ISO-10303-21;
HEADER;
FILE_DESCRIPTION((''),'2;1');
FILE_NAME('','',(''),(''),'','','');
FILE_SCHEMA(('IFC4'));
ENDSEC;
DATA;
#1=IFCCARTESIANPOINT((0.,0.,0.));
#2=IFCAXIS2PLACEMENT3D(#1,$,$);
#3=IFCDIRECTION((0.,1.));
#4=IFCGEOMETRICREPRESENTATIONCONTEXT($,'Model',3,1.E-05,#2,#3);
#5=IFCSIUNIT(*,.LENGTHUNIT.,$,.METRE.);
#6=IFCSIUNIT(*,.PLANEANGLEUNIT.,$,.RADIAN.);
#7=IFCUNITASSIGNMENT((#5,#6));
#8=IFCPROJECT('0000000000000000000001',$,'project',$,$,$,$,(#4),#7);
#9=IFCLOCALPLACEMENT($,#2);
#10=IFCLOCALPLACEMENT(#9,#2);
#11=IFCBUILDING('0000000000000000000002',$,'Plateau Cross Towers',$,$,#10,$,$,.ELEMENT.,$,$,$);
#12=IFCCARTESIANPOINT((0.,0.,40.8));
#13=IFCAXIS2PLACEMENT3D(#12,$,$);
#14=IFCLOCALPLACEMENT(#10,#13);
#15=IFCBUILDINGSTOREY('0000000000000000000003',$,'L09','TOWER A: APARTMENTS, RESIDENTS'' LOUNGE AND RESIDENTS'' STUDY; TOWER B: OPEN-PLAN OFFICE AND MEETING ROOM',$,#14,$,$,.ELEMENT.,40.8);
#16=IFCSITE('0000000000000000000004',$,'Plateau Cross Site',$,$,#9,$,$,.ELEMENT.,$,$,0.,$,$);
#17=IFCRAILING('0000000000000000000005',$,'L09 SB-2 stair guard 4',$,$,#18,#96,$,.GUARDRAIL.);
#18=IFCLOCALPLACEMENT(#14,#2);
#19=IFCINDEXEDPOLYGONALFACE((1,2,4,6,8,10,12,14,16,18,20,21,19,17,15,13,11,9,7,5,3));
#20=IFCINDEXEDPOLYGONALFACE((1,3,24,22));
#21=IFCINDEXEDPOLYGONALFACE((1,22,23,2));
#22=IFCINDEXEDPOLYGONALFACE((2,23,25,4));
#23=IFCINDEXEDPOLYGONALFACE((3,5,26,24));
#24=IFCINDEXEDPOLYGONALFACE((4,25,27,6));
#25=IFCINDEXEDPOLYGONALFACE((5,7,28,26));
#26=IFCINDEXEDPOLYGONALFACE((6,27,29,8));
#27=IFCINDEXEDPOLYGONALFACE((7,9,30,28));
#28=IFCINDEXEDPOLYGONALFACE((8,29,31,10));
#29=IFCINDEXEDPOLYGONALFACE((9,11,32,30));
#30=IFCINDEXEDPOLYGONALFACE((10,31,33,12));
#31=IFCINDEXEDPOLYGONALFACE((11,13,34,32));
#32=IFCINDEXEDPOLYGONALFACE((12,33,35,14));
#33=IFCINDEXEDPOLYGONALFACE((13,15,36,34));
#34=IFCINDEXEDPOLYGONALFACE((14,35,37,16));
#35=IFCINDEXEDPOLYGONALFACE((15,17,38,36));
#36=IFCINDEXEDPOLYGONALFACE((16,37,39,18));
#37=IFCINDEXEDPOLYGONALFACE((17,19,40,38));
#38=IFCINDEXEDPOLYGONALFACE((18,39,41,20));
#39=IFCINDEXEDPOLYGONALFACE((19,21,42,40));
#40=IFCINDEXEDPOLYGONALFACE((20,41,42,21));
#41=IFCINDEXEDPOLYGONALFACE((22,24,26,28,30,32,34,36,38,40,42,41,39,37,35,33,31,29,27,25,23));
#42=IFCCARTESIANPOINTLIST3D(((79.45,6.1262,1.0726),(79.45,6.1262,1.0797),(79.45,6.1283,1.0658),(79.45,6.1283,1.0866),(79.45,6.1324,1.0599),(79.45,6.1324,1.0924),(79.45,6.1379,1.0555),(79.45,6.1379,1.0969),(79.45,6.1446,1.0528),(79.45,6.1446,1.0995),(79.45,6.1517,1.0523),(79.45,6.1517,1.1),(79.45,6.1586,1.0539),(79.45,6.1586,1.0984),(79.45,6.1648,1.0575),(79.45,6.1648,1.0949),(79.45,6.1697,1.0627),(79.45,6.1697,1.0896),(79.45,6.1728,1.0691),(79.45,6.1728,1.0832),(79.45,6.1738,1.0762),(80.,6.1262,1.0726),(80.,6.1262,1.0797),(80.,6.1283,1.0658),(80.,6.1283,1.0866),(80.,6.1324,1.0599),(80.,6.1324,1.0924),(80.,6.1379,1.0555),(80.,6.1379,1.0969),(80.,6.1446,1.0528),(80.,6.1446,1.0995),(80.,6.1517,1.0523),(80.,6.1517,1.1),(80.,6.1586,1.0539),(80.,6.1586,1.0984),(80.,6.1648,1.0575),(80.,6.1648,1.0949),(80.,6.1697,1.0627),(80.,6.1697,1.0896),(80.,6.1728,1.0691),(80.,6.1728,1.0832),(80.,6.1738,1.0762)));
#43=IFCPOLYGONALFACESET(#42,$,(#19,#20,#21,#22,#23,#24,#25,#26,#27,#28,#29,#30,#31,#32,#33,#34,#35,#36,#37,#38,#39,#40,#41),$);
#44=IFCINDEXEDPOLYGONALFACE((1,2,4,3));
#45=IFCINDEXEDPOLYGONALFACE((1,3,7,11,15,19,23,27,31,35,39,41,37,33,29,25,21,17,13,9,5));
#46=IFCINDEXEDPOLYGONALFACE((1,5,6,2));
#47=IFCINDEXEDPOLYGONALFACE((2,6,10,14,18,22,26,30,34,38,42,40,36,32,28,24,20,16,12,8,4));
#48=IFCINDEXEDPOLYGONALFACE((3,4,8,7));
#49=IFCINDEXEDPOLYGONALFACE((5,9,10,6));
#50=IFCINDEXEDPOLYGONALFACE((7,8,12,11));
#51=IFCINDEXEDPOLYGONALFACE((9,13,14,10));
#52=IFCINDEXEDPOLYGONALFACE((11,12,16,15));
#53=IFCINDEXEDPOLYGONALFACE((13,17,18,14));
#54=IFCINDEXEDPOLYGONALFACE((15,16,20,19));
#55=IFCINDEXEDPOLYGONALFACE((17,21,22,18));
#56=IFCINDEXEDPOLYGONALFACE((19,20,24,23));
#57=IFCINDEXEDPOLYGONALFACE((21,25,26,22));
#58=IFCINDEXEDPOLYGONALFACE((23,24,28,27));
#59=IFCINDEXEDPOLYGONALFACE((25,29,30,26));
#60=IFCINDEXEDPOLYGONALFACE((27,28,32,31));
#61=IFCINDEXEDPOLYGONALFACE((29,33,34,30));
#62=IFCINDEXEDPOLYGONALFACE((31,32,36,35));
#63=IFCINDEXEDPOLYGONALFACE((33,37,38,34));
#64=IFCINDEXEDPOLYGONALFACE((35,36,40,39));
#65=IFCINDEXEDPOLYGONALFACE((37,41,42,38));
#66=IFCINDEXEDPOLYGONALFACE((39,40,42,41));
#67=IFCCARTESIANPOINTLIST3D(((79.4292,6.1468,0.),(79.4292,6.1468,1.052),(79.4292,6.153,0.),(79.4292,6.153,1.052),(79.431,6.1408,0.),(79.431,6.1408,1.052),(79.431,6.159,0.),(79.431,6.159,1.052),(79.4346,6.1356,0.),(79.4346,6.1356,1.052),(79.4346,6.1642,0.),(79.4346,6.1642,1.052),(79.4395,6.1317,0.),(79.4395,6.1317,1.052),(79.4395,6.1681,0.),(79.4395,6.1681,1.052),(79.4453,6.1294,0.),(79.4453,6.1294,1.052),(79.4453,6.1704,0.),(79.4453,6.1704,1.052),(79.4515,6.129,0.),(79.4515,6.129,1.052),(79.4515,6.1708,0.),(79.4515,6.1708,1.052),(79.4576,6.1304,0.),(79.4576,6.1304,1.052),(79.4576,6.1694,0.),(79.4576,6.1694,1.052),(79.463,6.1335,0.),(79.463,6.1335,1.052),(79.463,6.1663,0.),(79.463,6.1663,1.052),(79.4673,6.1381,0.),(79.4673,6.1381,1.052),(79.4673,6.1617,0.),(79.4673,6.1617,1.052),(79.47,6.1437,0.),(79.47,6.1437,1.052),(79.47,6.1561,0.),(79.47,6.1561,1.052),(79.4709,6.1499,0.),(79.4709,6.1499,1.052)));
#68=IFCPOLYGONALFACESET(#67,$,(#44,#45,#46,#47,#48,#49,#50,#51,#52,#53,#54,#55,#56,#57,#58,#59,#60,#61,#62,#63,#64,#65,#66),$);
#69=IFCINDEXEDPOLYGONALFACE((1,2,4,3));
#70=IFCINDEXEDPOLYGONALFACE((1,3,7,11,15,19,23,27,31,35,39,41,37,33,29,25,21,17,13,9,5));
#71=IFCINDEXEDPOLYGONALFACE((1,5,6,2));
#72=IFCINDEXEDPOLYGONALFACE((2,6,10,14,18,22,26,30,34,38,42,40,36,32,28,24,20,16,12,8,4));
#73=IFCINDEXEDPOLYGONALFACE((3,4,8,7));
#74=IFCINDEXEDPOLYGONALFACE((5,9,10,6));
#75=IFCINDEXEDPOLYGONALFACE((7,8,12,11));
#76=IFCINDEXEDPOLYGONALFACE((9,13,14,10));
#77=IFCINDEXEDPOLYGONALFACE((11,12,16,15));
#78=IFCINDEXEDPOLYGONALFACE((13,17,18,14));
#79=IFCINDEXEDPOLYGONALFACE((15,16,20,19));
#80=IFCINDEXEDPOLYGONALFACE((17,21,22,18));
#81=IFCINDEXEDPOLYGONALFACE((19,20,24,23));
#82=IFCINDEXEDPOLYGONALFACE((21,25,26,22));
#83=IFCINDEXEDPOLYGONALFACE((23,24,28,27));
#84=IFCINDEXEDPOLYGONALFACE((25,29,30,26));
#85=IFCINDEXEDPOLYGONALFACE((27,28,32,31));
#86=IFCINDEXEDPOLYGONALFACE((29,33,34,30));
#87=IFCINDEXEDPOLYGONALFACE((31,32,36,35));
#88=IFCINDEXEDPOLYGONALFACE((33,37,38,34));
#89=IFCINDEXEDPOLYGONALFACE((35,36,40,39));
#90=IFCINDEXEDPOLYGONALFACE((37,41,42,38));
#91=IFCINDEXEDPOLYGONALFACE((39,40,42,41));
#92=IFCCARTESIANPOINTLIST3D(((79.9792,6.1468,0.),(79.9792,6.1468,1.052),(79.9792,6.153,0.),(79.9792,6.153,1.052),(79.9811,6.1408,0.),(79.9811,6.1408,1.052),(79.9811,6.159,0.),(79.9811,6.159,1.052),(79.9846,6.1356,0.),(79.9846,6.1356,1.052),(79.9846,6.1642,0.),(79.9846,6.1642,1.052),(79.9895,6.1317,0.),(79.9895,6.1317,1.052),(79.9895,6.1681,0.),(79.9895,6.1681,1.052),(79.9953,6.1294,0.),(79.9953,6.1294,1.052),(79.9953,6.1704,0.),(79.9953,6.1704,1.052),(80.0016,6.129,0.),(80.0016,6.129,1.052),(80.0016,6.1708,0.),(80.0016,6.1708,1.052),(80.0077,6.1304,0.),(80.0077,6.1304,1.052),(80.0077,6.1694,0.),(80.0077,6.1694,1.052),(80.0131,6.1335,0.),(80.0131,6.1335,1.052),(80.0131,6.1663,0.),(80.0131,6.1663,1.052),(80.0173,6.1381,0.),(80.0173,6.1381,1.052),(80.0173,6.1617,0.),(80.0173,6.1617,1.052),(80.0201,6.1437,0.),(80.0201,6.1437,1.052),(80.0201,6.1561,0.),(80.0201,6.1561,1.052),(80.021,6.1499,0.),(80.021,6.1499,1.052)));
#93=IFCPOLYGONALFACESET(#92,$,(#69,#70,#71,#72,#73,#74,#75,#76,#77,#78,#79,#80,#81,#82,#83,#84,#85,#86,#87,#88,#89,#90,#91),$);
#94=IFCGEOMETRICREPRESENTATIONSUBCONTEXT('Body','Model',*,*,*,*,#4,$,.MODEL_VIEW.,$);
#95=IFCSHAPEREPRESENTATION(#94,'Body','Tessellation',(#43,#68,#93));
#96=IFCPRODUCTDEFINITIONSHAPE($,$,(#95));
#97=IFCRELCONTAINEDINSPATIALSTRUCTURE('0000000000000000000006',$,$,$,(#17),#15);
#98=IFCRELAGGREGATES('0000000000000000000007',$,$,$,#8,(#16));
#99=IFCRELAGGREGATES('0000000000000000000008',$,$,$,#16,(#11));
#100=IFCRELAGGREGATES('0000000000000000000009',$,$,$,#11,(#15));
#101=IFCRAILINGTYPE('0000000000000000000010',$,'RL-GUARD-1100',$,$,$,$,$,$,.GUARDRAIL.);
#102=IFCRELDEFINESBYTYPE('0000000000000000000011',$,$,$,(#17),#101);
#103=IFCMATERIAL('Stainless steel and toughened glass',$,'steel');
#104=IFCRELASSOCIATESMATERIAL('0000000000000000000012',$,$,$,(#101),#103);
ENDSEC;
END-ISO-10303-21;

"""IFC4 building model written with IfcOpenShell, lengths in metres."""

from ifc_helpers import new_model, si_unit, direction, frame, origin, origin_2d, place, context, subcontext, project, spatial, circle, extrude, material, type_object, element, save


model = new_model("IFC4")

# Units and contexts
model_context = context("Model", 3, precision=1e-05, world=origin(), true_north=direction((0.0, 1.0)))
body_context = subcontext(model_context, "Body", "Model", "MODEL_VIEW")
ifc_project = project(units=[si_unit("LENGTHUNIT", "METRE"), si_unit("PLANEANGLEUNIT", "RADIAN")], contexts=[model_context])

# Site, building, storey
site_placement = place(None, origin())
site = spatial("IfcSite", under=ifc_project, at=site_placement, Name="Plateau Cross Site", CompositionType="ELEMENT", RefElevation=0.0)
building_placement = place(site_placement, origin())
building = spatial("IfcBuilding", under=site, at=building_placement, Name="Plateau Cross Towers", CompositionType="ELEMENT")
storey_placement = place(building_placement, frame((0.0, 0.0, 40.8)))
storey = spatial("IfcBuildingStorey", under=building, at=storey_placement, Name="L09", Description="TOWER A: APARTMENTS, RESIDENTS' LOUNGE AND RESIDENTS' STUDY; TOWER B: OPEN-PLAN OFFICE AND MEETING ROOM", CompositionType="ELEMENT", Elevation=40.8)

# Railing
ifc_material_1 = material(Name="Stainless steel and toughened glass", Category="steel")
railing_type = type_object("IfcRailingType", Name="RL-GUARD-1100", PredefinedType="GUARDRAIL", material=ifc_material_1)
railing_1_placement = place(storey_placement, frame((79.45, 6.1499, 0.0)))
element("IfcRailing", 1, at=railing_1_placement, inside=storey, type_object=railing_type, Name="L09 SB-2 stair guard 4", PredefinedType="GUARDRAIL", context=body_context, shape_type="SweptSolid", body=[
    extrude(circle(Radius=0.0239, at=origin_2d()), frame((0.0, 0.0, 1.0762), z_axis=(1.0, 0.0, 0.0), x_axis=(0.0, 1.0, 0.0)), (0.0, 0.0, 1.0), 0.55),
    extrude(circle(Radius=0.021, at=origin_2d()), origin(), (0.0, 0.0, 1.0), 1.052),
    extrude(circle(Radius=0.021, at=origin_2d()), frame((0.55, 0.0, 0.0)), (0.0, 0.0, 1.0), 1.052),
])

save(model, "model.ifc")
